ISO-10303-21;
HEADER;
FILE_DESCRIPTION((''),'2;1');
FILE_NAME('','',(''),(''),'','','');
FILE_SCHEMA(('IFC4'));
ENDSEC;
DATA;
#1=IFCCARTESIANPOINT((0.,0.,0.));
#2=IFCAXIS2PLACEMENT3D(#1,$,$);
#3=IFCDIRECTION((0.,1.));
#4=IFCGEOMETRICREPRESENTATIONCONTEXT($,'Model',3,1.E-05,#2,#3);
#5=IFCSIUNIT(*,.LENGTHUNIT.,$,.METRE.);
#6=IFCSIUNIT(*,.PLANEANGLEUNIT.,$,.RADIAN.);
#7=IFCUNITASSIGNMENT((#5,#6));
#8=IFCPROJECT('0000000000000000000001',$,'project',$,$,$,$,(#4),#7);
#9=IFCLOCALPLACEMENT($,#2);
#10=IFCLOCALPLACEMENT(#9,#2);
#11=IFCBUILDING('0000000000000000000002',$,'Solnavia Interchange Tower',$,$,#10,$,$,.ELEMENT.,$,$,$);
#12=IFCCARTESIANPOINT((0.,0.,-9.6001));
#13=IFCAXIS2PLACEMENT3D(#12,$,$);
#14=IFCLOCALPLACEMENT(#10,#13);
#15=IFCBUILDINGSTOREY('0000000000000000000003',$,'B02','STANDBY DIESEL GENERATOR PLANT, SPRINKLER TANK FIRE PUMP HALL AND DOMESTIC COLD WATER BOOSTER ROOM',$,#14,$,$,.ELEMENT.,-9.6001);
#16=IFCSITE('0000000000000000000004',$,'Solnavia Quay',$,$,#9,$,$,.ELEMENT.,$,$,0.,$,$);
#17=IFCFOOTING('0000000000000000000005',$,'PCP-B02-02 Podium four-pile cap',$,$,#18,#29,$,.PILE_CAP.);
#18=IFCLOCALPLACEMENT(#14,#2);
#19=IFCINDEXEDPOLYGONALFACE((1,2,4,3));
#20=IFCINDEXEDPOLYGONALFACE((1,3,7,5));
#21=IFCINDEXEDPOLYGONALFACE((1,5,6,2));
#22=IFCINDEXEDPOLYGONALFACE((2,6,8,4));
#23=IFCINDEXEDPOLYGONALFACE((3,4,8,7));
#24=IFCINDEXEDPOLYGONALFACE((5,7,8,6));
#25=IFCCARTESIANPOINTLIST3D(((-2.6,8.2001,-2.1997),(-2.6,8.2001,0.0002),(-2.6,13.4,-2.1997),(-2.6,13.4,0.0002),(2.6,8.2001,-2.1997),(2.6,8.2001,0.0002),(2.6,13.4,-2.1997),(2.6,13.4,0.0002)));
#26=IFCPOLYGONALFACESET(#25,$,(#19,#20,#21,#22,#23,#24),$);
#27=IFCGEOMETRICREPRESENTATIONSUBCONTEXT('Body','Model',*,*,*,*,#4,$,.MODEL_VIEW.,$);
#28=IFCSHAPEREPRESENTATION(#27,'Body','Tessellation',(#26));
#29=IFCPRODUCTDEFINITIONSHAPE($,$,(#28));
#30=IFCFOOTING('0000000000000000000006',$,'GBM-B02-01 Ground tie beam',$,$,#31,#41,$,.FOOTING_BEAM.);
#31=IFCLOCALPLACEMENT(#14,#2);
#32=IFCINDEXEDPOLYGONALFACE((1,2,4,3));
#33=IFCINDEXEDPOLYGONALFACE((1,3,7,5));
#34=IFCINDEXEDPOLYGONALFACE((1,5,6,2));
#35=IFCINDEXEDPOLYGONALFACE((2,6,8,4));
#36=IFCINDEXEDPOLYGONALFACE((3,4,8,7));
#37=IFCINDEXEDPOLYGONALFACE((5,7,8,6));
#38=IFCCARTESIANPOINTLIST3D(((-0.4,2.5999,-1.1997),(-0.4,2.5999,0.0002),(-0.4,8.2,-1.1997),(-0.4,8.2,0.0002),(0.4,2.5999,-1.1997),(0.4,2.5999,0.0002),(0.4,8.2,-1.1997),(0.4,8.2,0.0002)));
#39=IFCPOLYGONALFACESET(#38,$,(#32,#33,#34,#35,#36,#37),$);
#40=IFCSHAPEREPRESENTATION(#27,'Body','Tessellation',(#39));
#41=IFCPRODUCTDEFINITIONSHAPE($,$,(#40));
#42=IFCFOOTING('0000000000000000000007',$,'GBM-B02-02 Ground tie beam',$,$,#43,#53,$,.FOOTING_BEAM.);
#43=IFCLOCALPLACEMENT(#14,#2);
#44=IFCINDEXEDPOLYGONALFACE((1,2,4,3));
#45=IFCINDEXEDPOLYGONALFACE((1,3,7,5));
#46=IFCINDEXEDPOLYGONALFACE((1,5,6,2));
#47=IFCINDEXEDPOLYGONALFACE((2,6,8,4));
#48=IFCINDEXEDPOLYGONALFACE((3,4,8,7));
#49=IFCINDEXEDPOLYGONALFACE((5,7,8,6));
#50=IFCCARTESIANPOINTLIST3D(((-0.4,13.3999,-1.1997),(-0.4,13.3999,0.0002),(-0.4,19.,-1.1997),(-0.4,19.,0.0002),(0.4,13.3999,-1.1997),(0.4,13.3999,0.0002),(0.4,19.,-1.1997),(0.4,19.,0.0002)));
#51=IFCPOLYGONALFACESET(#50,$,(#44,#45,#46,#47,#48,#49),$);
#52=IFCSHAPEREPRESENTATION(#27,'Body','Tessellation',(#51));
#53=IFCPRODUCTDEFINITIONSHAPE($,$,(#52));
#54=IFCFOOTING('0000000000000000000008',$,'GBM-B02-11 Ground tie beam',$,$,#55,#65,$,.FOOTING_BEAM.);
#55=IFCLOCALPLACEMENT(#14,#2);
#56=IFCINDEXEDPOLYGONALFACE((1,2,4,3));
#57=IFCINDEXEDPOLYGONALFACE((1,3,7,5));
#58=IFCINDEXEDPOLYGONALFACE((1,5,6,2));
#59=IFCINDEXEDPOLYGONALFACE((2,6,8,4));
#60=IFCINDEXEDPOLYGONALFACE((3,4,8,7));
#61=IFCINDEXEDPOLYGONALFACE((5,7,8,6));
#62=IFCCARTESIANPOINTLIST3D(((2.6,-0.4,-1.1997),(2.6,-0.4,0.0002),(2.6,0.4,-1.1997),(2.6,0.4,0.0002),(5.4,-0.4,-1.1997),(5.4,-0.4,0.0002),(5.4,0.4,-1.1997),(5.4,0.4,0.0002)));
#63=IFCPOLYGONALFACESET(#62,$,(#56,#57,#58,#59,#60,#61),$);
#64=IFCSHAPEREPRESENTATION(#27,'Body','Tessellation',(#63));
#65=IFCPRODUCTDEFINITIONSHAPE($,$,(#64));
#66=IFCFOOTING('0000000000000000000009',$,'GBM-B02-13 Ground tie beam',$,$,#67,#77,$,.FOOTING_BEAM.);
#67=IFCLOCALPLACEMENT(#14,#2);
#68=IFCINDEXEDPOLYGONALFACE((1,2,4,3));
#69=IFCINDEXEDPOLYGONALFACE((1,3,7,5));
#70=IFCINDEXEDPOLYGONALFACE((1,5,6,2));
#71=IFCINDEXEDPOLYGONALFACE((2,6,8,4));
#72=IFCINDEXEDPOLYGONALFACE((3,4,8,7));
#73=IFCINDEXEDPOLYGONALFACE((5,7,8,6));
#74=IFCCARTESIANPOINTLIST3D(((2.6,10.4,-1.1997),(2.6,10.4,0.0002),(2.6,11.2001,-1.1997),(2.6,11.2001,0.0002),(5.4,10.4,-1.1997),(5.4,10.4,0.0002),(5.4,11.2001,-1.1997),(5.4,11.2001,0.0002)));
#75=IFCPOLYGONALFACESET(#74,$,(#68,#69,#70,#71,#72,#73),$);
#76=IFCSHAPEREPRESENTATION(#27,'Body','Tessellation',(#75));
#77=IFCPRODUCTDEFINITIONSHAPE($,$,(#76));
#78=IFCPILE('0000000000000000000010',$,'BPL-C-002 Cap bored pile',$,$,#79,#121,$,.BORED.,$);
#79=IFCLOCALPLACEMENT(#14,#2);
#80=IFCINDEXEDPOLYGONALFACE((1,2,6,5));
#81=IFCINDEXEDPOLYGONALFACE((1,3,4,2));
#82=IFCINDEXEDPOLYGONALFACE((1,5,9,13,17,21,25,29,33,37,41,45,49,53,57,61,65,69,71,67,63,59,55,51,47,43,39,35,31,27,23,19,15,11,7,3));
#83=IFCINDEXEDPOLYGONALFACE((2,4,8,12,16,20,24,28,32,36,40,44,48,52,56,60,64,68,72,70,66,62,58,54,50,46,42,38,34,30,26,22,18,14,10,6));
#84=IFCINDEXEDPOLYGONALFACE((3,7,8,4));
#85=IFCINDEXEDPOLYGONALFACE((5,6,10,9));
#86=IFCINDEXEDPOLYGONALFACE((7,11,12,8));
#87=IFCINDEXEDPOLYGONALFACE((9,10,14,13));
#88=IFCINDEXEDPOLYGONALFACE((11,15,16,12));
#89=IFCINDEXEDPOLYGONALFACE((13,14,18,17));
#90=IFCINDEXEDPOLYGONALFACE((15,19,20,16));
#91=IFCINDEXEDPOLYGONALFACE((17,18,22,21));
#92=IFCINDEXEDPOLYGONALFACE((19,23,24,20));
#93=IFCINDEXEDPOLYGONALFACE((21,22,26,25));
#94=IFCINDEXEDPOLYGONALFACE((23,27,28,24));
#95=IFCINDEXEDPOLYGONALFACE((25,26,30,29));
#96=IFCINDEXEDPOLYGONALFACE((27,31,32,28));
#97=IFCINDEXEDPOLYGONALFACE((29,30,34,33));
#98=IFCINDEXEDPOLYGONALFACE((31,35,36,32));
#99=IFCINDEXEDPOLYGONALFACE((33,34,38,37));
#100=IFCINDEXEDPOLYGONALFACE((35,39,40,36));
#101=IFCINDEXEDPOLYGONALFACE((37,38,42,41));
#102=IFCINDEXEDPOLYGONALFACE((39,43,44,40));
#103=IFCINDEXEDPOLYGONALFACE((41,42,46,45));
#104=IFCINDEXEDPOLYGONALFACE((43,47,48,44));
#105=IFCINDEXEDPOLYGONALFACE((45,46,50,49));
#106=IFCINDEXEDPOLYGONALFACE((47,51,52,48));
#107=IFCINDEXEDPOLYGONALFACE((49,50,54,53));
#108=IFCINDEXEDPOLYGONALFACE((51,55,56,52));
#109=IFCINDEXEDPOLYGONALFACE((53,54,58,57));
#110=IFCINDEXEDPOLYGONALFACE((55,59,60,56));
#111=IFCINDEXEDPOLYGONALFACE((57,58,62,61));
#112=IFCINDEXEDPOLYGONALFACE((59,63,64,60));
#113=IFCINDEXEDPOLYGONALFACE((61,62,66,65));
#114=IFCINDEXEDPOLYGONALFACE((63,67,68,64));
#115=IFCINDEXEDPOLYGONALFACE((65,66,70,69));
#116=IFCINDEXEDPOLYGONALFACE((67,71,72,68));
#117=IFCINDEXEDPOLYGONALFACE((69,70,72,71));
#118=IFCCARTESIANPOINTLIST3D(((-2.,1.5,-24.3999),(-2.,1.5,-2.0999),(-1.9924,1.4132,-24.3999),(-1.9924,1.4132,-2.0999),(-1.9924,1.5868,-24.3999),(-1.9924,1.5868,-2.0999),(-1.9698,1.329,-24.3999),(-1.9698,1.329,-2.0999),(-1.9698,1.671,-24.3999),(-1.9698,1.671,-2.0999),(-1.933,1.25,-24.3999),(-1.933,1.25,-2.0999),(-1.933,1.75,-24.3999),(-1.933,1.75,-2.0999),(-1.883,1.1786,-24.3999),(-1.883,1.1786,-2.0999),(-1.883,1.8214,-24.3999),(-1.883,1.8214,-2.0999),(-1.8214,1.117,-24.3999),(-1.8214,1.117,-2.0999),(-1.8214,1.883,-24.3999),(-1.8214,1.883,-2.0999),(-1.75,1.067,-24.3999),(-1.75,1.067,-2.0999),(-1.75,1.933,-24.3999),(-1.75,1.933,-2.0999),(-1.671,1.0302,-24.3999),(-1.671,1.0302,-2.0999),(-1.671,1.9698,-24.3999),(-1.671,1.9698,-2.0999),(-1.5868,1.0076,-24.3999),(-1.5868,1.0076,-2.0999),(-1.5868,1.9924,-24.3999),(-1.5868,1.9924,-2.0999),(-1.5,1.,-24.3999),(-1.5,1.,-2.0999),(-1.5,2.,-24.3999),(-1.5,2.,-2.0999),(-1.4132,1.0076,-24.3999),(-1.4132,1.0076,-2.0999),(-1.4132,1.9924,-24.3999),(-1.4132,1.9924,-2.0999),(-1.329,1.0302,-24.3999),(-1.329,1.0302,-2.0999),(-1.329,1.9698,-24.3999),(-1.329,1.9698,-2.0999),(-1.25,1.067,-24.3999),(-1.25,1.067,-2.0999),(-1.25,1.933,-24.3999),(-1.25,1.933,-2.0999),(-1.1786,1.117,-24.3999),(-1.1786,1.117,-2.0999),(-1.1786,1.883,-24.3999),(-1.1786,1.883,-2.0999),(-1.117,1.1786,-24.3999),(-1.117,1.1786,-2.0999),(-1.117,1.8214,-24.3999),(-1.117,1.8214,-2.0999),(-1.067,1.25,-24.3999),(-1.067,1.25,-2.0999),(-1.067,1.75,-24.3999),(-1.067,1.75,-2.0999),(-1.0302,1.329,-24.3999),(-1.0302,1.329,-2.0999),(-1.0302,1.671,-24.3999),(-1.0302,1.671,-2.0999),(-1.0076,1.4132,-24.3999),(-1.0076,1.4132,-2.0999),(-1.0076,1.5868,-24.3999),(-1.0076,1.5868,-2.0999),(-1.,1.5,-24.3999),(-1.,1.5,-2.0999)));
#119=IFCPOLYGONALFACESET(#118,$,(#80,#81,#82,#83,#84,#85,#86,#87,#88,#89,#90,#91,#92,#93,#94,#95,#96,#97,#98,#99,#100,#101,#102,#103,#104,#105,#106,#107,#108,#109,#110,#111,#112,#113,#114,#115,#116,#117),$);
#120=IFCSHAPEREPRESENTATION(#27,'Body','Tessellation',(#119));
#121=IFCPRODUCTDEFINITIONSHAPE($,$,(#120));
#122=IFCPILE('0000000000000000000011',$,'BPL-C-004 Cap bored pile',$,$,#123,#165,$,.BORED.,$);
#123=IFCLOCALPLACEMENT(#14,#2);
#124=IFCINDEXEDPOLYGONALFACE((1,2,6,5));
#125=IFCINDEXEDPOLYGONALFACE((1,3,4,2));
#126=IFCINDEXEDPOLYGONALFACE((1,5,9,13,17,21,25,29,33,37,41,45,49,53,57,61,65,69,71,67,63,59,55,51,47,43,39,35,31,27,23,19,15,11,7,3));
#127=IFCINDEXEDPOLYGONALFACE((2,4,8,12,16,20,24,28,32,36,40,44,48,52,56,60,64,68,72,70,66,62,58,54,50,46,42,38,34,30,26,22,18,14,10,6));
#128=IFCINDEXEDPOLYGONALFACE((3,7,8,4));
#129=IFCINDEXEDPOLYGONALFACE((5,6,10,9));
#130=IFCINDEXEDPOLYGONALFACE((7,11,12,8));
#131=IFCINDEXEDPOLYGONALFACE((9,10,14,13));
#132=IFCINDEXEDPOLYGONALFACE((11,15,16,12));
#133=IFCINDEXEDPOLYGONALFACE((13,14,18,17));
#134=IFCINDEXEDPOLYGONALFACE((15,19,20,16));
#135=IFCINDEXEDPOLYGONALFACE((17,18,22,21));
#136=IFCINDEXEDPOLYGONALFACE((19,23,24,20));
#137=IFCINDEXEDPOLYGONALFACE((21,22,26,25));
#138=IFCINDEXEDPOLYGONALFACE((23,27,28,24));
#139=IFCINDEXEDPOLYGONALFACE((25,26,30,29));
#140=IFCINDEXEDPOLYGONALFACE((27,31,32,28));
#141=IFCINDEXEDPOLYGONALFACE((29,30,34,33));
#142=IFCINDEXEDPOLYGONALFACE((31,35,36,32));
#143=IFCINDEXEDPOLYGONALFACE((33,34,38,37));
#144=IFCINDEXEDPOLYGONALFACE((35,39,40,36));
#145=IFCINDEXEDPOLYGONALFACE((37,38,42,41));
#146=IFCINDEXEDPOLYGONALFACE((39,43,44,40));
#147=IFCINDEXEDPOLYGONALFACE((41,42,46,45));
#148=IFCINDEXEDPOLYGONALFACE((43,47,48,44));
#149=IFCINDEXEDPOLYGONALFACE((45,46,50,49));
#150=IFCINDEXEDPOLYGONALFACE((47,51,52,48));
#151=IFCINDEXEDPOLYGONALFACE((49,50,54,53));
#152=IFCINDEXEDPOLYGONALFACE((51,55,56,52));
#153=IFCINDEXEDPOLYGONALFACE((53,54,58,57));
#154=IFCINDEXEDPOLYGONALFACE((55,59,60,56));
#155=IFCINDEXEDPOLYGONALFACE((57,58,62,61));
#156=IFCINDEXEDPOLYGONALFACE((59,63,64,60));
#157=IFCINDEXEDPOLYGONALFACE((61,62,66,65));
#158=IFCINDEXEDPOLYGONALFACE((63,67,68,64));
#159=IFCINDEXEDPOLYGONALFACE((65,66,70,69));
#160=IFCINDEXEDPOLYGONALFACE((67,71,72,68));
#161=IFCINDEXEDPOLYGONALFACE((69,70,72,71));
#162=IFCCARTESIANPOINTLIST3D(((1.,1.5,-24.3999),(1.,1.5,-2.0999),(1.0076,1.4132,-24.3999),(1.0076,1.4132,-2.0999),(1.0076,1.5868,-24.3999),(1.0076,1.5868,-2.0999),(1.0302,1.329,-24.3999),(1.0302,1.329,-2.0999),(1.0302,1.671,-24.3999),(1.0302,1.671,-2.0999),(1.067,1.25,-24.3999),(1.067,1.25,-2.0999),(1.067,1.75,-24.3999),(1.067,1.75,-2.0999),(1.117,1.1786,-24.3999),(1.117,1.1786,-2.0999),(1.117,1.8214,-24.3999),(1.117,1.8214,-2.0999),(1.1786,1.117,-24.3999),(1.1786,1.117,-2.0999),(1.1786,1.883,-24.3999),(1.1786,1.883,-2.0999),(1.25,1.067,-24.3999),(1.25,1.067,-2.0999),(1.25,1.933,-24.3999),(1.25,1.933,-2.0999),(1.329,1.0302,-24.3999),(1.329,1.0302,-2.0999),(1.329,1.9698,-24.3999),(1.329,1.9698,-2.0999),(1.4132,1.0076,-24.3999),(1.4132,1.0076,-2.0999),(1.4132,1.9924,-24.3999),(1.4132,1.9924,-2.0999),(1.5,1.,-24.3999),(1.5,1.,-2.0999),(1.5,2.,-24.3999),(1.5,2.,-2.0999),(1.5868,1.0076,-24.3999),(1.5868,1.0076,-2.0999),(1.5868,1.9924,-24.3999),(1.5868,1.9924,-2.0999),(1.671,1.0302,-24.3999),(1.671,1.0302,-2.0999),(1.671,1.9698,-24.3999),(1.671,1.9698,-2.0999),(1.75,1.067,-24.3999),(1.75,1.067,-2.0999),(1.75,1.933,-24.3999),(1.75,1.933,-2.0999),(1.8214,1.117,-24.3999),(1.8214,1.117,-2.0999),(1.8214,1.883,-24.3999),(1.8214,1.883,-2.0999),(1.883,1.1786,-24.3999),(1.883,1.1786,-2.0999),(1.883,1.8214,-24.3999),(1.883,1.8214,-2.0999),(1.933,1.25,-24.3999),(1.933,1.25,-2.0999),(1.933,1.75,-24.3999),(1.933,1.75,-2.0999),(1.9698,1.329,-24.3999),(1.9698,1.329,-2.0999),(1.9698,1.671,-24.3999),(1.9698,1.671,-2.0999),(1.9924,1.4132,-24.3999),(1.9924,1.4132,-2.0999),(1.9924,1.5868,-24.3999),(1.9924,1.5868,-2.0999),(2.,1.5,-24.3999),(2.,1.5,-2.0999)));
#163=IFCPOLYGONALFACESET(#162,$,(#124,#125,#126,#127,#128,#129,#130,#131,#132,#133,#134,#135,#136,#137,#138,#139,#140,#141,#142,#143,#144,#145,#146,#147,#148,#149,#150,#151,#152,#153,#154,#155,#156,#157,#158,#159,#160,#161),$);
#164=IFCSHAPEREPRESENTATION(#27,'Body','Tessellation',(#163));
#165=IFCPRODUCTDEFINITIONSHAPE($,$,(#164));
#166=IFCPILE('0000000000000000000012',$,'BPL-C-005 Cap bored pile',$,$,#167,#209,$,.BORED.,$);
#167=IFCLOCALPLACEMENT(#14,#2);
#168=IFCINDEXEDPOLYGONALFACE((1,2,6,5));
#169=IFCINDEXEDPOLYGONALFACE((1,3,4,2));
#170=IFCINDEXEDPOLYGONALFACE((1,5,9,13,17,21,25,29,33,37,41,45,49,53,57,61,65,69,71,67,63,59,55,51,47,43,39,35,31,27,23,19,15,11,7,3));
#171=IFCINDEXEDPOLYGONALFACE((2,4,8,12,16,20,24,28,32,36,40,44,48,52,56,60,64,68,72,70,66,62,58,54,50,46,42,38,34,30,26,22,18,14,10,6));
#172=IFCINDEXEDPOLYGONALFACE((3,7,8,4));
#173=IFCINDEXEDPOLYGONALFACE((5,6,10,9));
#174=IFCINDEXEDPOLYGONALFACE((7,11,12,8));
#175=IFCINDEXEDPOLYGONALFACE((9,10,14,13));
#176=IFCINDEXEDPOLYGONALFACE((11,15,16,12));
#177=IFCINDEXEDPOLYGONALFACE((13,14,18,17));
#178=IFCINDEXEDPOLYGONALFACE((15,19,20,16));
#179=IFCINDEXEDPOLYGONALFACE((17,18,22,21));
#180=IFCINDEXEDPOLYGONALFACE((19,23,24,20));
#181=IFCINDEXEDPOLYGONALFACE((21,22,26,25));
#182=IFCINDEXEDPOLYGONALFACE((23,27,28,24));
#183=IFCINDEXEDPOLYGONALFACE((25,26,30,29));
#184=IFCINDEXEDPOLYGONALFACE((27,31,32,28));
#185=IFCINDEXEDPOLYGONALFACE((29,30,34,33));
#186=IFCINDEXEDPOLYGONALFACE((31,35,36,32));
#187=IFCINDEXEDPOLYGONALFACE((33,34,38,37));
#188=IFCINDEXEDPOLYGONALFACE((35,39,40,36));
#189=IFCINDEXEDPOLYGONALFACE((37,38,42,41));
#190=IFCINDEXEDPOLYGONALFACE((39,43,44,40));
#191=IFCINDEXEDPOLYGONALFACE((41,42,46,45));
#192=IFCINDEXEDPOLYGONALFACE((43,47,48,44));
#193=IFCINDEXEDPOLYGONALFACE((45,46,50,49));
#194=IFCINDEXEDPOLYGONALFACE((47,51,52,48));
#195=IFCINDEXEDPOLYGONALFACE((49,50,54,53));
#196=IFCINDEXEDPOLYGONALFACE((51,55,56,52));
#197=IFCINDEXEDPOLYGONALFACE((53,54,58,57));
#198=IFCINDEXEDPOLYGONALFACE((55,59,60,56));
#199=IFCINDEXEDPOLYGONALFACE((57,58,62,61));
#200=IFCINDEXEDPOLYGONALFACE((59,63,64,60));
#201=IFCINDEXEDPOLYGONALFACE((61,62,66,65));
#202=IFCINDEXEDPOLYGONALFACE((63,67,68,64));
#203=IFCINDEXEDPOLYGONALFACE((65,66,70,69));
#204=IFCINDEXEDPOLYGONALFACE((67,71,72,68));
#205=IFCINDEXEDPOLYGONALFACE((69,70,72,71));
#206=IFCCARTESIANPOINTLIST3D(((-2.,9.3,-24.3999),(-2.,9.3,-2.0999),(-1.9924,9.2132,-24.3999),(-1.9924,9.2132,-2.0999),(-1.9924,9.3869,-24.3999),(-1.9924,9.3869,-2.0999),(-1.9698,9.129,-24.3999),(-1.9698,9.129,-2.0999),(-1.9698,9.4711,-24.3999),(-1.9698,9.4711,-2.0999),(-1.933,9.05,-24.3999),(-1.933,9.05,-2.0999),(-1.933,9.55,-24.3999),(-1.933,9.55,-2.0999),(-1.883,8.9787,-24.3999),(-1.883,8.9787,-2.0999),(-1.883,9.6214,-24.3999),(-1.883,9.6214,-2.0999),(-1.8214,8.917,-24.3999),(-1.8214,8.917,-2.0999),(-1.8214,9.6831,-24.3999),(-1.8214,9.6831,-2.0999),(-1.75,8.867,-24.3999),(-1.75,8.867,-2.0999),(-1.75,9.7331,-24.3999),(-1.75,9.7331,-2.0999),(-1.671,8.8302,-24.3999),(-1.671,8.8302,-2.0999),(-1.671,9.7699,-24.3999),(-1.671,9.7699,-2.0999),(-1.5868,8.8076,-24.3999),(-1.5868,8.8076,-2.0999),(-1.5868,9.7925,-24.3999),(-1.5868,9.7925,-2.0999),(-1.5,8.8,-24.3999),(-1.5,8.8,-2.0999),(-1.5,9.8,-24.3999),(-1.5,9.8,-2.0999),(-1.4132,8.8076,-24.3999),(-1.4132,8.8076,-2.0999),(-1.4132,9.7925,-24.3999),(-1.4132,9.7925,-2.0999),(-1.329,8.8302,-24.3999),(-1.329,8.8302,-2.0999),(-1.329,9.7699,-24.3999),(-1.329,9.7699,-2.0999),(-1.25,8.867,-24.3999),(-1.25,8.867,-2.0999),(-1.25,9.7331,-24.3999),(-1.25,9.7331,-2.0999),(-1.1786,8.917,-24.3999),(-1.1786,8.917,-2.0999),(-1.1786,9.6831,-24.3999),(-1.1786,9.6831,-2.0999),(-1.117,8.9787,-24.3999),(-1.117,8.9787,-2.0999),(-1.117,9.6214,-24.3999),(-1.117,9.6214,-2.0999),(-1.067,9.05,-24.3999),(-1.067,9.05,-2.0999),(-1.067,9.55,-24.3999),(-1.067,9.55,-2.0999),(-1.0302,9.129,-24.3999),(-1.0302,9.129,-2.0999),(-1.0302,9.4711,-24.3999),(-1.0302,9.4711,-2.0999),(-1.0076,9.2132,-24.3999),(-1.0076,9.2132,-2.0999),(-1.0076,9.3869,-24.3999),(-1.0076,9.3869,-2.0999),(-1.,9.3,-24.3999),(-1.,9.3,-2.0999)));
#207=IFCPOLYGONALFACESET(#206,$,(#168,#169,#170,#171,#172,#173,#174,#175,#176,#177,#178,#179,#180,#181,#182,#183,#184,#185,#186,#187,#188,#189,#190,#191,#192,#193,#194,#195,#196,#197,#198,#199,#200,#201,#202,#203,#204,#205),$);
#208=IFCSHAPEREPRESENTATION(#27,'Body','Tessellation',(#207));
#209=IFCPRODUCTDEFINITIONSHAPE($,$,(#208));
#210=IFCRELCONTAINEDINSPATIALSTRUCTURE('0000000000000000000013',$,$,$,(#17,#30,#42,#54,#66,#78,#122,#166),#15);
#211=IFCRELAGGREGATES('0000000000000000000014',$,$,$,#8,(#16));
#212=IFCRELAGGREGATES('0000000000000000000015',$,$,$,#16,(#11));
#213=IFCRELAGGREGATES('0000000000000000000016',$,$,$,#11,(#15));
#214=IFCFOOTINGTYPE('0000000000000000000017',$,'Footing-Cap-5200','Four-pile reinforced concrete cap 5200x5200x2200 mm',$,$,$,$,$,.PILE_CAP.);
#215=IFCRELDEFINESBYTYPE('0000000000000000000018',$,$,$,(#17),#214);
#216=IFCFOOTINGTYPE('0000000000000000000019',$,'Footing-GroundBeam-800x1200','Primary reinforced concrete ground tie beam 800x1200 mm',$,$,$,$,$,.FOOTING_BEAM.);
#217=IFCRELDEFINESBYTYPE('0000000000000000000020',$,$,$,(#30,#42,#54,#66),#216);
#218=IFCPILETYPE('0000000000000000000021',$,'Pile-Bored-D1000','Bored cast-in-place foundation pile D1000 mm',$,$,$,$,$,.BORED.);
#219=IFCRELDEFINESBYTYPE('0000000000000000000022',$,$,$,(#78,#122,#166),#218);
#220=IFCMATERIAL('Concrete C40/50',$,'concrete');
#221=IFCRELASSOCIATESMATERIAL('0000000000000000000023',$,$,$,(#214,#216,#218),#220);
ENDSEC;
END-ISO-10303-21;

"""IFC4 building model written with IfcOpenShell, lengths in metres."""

from ifc_helpers import new_model, si_unit, direction, frame, origin, origin_2d, place, context, subcontext, project, spatial, rectangle, circle, extrude, material, material_profile, profile_set, type_object, element, save


model = new_model("IFC4")

# Units and contexts
model_context = context("Model", 3, precision=1e-05, world=origin(), true_north=direction((0.0, 1.0)))
body_context = subcontext(model_context, "Body", "Model", "MODEL_VIEW")
ifc_project = project(units=[si_unit("LENGTHUNIT", "METRE"), si_unit("PLANEANGLEUNIT", "RADIAN")], contexts=[model_context])

# Site, building, storey
site_placement = place(None, origin())
site = spatial("IfcSite", under=ifc_project, at=site_placement, Name="Solnavia Quay", CompositionType="ELEMENT", RefElevation=0.0)
building_placement = place(site_placement, origin())
building = spatial("IfcBuilding", under=site, at=building_placement, Name="Solnavia Interchange Tower", CompositionType="ELEMENT")
storey_placement = place(building_placement, frame((0.0, 0.0, -9.6001)))
storey = spatial("IfcBuildingStorey", under=building, at=storey_placement, Name="B02", Description="STANDBY DIESEL GENERATOR PLANT, SPRINKLER TANK FIRE PUMP HALL AND DOMESTIC COLD WATER BOOSTER ROOM", CompositionType="ELEMENT", Elevation=-9.6001)

# Footings
ifc_material_1 = material(Name="Concrete C40/50", Category="concrete")
footing_type_1 = type_object("IfcFootingType", Name="Footing-Cap-5200", Description="Four-pile reinforced concrete cap 5200x5200x2200 mm", PredefinedType="PILE_CAP", material=ifc_material_1)
footing_placement = place(storey_placement, frame((0.0, 10.8, -2.1997), z_axis=(0.0, 0.0, 1.0), x_axis=(1.0, 0.0, 0.0)))
element("IfcFooting", 1, at=footing_placement, inside=storey, type_object=footing_type_1, Name="PCP-B02-02 Podium four-pile cap", PredefinedType="PILE_CAP", context=body_context, shape_type="SweptSolid", body=[
    extrude(rectangle(XDim=5.2, YDim=5.2, at=origin_2d()), origin(), (0.0, 0.0, 1.0), 2.2),
])
footing_type_2 = type_object("IfcFootingType", Name="Footing-GroundBeam-800x1200", Description="Primary reinforced concrete ground tie beam 800x1200 mm", PredefinedType="FOOTING_BEAM", material=ifc_material_1)
for number, where, z_axis, x_axis, name in (
    (2, (0.0, 5.3999, -1.1997), (0.0, 0.0, 1.0), (0.0, 1.0, 0.0), "GBM-B02-01 Ground tie beam"),
    (3, (0.0, 16.2, -1.1997), (0.0, 0.0, 1.0), (0.0, 1.0, 0.0), "GBM-B02-02 Ground tie beam"),
):
    element("IfcFooting", number, at=place(storey_placement, frame(where, z_axis=z_axis, x_axis=x_axis)), inside=storey, type_object=footing_type_2, Name=name, PredefinedType="FOOTING_BEAM", context=body_context, shape_type="SweptSolid", body=[
        extrude(rectangle(XDim=5.6001, YDim=0.8, at=origin_2d()), origin(), (0.0, 0.0, 1.0), 1.2),
    ])
for number, where, z_axis, x_axis, name in (
    (4, (4.0, 0.0, -1.1997), (0.0, 0.0, 1.0), (1.0, 0.0, 0.0), "GBM-B02-11 Ground tie beam"),
    (5, (4.0, 10.8, -1.1997), (0.0, 0.0, 1.0), (1.0, 0.0, 0.0), "GBM-B02-13 Ground tie beam"),
):
    element("IfcFooting", number, at=place(storey_placement, frame(where, z_axis=z_axis, x_axis=x_axis)), inside=storey, type_object=footing_type_2, Name=name, PredefinedType="FOOTING_BEAM", context=body_context, shape_type="SweptSolid", body=[
        extrude(rectangle(XDim=2.8, YDim=0.8, at=origin_2d()), origin(), (0.0, 0.0, 1.0), 1.2),
    ])

# Piles
ifc_material_profile_1 = material_profile(ifc_material_1, circle(Radius=0.5, at=origin_2d()), Name="PILE D1000")
ifc_profile_set_1 = profile_set([ifc_material_profile_1], Name="Concrete C40/50")
pile_type_1 = type_object("IfcPileType", Name="Pile-Bored-D1000", Description="Bored cast-in-place foundation pile D1000 mm", PredefinedType="BORED", material=ifc_profile_set_1)
for number, where, z_axis, x_axis, name in (
    (6, (-1.5, 1.5, -2.0999), (0.0, 0.0, -1.0), (1.0, 0.0, 0.0), "BPL-C-002 Cap bored pile"),
    (7, (1.5, 1.5, -2.0999), (0.0, 0.0, -1.0), (1.0, 0.0, 0.0), "BPL-C-004 Cap bored pile"),
    (8, (-1.5, 9.3, -2.0999), (0.0, 0.0, -1.0), (1.0, 0.0, 0.0), "BPL-C-005 Cap bored pile"),
):
    element("IfcPile", number, at=place(storey_placement, frame(where, z_axis=z_axis, x_axis=x_axis)), inside=storey, type_object=pile_type_1, Name=name, PredefinedType="BORED", context=body_context, shape_type="SweptSolid", body=[
        extrude(circle(Radius=0.5, at=origin_2d()), origin(), (0.0, 0.0, 1.0), 22.3),
    ])

save(model, "model.ifc")
